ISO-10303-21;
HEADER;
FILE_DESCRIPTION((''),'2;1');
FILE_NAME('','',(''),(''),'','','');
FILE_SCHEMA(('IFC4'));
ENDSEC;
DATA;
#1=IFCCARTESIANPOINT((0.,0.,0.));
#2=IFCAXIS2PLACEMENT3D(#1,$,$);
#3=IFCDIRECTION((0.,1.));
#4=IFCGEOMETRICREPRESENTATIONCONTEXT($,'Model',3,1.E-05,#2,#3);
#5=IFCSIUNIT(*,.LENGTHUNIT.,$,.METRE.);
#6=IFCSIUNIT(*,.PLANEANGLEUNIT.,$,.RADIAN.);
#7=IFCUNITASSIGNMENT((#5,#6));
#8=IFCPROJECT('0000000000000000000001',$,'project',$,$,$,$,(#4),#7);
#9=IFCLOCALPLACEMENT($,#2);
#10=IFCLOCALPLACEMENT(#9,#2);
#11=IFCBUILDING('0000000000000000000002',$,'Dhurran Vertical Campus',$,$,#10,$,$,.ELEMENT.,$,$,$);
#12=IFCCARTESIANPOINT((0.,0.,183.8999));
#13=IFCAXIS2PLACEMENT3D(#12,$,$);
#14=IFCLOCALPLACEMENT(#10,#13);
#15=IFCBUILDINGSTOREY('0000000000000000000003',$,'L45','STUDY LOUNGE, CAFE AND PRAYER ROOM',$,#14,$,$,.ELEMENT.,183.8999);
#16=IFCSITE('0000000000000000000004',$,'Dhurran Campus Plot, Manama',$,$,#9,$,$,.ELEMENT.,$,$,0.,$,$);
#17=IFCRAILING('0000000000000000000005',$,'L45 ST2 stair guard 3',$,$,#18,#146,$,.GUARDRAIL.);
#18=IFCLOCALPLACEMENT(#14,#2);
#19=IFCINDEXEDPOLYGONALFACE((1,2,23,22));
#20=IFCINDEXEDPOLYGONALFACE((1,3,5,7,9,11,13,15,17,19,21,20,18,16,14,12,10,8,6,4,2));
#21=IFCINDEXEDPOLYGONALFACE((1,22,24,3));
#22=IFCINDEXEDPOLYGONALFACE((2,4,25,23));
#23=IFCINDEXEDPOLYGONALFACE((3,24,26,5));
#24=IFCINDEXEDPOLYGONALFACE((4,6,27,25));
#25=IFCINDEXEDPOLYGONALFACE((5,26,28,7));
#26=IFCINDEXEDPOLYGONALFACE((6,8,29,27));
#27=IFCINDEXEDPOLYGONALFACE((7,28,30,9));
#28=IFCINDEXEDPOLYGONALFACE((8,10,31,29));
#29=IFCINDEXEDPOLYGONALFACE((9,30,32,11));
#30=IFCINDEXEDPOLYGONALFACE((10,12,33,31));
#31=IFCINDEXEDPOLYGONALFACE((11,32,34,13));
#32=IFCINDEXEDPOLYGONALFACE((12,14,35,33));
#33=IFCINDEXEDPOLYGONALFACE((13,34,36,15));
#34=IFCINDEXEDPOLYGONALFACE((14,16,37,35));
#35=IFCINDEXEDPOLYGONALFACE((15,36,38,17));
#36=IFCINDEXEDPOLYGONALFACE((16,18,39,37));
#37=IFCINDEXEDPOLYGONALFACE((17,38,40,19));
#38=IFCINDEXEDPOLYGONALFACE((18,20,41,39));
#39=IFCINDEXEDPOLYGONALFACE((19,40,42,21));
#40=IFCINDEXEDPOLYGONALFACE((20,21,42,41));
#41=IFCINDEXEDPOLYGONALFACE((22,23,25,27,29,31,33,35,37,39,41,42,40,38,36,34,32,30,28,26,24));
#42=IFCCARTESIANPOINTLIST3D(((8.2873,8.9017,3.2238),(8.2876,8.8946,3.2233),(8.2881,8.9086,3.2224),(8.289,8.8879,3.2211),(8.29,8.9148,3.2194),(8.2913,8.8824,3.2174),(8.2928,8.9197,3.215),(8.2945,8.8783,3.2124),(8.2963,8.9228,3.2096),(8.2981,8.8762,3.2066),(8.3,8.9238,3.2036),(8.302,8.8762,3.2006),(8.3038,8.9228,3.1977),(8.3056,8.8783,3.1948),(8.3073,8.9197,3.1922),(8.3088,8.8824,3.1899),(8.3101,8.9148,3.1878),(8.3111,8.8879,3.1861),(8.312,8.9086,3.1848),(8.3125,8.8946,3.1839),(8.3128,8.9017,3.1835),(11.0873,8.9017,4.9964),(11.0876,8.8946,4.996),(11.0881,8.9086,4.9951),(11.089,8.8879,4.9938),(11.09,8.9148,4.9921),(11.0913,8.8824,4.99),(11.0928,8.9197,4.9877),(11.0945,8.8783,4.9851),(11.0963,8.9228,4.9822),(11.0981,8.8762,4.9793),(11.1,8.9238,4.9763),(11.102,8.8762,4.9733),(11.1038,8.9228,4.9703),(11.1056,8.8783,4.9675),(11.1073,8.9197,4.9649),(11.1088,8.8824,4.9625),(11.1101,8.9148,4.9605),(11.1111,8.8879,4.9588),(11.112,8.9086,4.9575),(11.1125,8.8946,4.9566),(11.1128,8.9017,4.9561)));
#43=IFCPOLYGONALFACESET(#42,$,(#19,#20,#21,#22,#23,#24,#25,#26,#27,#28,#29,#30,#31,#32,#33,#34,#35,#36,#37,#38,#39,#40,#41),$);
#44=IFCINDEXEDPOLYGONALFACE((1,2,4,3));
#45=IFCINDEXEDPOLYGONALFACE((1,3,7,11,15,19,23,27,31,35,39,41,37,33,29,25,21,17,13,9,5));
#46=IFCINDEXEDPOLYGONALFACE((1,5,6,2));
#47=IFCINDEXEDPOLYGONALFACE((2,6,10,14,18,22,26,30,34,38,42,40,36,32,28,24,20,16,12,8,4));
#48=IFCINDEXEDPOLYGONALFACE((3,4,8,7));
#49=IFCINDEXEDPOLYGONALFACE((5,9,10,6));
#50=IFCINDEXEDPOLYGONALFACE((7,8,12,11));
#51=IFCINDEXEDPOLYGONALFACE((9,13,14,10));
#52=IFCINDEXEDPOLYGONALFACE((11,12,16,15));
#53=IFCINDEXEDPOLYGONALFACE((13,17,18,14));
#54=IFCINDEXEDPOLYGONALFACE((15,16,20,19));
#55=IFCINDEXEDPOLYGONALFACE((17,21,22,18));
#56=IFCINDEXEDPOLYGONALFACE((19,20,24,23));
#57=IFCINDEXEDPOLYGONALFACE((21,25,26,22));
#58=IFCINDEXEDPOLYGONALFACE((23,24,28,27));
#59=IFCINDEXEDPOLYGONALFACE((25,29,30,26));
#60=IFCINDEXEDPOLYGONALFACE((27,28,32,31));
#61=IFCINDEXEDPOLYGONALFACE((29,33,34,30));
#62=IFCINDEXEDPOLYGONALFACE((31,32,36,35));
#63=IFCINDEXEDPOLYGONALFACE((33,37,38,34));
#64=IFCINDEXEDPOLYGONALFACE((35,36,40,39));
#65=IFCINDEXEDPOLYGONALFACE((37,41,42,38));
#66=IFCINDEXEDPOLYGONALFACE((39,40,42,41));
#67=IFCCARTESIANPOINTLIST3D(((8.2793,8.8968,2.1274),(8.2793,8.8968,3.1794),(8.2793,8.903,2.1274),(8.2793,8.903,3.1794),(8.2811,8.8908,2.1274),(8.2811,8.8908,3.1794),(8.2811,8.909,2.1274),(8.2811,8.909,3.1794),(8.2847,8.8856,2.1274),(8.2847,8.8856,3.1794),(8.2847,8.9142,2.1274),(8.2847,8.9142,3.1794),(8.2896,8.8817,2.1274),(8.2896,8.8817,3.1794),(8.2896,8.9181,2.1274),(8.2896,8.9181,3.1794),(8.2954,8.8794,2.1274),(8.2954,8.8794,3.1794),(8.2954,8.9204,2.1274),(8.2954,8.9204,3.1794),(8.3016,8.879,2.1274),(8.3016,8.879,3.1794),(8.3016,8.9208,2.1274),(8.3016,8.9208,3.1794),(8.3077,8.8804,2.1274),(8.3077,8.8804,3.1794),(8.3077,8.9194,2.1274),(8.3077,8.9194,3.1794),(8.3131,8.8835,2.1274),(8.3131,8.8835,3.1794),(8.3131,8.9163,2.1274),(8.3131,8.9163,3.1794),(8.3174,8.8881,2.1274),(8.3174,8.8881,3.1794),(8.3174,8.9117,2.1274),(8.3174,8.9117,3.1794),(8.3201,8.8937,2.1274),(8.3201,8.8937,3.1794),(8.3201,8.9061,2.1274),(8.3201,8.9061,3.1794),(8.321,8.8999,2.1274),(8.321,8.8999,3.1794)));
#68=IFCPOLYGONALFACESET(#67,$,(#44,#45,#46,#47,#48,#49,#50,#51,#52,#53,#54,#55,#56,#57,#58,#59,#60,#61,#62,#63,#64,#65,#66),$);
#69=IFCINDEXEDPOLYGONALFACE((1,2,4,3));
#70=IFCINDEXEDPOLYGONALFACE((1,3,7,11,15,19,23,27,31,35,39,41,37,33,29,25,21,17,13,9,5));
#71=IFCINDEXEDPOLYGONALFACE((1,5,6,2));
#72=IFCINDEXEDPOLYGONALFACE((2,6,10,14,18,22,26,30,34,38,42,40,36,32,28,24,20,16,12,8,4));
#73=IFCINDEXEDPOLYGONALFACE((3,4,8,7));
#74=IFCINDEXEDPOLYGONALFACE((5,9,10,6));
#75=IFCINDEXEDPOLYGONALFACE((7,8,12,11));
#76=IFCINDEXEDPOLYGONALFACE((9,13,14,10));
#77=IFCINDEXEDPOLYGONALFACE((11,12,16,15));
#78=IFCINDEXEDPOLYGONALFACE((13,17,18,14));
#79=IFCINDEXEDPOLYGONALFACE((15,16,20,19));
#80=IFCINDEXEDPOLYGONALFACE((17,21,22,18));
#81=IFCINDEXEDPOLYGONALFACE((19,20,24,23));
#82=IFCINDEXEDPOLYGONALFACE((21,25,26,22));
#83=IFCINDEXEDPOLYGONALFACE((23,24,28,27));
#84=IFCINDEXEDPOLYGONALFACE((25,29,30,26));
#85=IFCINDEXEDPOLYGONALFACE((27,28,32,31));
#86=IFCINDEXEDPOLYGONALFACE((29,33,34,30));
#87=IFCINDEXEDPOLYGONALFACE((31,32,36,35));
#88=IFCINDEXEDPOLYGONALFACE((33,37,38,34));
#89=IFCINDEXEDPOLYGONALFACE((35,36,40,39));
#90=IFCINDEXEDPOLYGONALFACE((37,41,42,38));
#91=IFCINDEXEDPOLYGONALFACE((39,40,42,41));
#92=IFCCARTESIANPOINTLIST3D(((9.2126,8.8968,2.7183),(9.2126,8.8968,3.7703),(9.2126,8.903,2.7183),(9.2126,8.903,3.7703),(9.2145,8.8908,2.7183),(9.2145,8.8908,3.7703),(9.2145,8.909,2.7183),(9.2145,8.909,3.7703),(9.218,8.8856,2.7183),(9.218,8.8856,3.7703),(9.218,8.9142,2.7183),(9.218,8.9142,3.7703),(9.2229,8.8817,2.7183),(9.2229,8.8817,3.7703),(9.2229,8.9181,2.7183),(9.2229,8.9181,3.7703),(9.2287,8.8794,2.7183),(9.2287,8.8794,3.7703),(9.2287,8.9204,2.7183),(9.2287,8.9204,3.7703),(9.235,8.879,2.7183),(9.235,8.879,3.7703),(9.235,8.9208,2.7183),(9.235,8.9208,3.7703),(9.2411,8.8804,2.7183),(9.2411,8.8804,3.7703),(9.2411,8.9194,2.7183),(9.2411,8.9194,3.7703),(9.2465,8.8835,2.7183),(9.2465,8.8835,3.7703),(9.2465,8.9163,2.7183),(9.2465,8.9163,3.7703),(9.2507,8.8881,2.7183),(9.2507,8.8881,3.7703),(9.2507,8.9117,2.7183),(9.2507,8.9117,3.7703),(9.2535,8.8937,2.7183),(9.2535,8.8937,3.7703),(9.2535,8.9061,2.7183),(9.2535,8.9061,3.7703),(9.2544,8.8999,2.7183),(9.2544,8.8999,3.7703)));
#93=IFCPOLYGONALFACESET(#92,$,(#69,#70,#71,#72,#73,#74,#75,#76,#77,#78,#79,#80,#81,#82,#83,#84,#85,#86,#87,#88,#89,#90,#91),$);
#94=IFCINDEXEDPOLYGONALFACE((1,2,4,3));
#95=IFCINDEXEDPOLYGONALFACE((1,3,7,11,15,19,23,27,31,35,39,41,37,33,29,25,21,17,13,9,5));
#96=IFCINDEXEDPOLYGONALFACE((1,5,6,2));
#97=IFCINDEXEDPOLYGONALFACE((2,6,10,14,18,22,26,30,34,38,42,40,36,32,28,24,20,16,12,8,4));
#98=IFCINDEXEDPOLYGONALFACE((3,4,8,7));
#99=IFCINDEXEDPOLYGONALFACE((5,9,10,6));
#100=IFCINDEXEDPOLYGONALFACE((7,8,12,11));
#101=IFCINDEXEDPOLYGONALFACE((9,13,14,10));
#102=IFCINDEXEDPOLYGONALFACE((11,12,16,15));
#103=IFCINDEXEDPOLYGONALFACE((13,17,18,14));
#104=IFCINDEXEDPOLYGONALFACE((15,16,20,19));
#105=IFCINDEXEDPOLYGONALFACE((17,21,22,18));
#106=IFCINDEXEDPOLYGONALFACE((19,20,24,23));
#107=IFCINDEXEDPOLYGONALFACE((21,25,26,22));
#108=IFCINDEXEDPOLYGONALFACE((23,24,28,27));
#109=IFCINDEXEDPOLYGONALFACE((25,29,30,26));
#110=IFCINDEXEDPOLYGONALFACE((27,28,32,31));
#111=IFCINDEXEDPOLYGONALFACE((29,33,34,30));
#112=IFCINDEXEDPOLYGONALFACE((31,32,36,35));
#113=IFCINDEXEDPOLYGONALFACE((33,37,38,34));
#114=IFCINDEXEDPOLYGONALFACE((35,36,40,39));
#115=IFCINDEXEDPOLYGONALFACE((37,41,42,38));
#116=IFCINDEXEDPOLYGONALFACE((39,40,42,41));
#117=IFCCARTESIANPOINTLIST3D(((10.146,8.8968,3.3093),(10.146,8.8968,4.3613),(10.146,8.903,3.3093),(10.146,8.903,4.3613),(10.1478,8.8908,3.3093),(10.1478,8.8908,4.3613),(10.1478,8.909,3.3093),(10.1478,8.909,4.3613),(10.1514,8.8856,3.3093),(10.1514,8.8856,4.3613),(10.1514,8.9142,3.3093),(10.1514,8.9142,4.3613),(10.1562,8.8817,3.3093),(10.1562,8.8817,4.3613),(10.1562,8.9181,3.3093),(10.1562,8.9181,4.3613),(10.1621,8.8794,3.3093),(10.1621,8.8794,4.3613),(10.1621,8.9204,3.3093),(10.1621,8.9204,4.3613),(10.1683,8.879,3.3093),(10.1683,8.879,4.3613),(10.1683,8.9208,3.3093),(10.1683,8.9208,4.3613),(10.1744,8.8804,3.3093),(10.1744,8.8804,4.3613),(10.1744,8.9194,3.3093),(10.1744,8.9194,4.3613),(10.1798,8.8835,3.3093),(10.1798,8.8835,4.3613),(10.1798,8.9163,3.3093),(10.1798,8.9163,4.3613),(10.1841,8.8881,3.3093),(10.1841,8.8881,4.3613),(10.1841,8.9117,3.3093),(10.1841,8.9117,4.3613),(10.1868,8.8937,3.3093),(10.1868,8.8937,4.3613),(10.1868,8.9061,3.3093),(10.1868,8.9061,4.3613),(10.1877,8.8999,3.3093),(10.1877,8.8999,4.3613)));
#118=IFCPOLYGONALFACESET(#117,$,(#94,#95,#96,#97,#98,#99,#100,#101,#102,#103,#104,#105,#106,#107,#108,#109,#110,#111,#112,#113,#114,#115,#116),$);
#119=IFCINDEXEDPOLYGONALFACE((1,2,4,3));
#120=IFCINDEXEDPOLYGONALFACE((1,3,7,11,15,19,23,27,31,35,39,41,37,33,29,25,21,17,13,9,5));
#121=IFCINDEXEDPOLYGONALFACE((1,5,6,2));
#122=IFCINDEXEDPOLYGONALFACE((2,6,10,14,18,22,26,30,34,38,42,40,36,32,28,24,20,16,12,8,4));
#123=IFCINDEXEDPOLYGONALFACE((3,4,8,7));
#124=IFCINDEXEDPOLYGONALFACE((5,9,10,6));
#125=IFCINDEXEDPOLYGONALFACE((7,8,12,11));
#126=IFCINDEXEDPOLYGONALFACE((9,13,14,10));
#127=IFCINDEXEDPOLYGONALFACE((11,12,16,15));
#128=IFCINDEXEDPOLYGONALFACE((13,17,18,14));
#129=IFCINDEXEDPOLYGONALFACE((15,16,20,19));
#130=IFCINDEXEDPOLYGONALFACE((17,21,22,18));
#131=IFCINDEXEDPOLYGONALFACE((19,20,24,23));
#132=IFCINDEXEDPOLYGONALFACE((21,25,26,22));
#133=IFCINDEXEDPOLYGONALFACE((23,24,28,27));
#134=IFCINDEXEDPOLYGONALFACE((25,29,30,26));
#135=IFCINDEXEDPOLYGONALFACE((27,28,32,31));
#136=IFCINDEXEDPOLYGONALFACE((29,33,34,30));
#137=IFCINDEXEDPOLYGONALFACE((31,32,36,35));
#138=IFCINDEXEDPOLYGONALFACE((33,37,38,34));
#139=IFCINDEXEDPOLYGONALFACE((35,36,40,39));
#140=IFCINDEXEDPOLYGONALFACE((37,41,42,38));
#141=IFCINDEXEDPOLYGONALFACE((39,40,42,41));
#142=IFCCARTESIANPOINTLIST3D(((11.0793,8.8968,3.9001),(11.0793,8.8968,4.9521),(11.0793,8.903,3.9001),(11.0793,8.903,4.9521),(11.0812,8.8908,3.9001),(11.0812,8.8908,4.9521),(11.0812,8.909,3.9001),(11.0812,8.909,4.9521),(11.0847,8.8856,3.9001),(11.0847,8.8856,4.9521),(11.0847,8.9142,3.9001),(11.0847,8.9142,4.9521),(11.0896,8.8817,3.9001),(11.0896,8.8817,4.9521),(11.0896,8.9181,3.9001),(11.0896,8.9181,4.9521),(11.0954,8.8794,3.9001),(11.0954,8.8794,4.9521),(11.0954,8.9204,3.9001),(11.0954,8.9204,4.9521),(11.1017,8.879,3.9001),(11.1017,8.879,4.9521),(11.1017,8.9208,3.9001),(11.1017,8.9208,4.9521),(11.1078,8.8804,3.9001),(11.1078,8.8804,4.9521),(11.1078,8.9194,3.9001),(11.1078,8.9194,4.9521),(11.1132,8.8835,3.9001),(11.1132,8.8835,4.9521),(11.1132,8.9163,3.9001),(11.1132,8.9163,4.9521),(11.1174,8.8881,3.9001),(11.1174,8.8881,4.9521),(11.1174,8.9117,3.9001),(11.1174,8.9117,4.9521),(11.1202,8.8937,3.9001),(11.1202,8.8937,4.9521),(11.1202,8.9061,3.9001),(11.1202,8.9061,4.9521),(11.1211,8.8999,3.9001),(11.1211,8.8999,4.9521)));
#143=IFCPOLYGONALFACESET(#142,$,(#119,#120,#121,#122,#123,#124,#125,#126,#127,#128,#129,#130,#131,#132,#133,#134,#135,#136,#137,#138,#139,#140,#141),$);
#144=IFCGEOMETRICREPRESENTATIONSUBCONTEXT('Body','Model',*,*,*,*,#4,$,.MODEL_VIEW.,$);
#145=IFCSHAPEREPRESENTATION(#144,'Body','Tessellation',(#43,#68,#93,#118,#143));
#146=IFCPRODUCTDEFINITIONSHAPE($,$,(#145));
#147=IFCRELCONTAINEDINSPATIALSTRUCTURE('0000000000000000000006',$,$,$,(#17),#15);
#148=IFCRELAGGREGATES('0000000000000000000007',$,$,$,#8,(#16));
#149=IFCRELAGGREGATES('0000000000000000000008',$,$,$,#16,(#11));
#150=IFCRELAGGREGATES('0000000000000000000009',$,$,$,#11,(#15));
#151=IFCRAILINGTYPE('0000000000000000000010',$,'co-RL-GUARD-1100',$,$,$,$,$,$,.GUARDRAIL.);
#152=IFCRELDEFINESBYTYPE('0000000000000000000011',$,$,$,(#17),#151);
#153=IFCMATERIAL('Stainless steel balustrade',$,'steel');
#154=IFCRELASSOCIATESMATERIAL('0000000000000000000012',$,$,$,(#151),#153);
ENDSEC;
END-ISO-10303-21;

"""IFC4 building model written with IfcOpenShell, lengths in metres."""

from ifc_helpers import new_model, si_unit, direction, frame, origin, origin_2d, place, context, subcontext, project, spatial, circle, extrude, material, type_object, element, save


model = new_model("IFC4")

# Units and contexts
model_context = context("Model", 3, precision=1e-05, world=origin(), true_north=direction((0.0, 1.0)))
body_context = subcontext(model_context, "Body", "Model", "MODEL_VIEW")
ifc_project = project(units=[si_unit("LENGTHUNIT", "METRE"), si_unit("PLANEANGLEUNIT", "RADIAN")], contexts=[model_context])

# Site, building, storey
site_placement = place(None, origin())
site = spatial("IfcSite", under=ifc_project, at=site_placement, Name="Dhurran Campus Plot, Manama", CompositionType="ELEMENT", RefElevation=0.0)
building_placement = place(site_placement, origin())
building = spatial("IfcBuilding", under=site, at=building_placement, Name="Dhurran Vertical Campus", CompositionType="ELEMENT")
storey_placement = place(building_placement, frame((0.0, 0.0, 183.8999)))
storey = spatial("IfcBuildingStorey", under=building, at=storey_placement, Name="L45", Description="STUDY LOUNGE, CAFE AND PRAYER ROOM", CompositionType="ELEMENT", Elevation=183.8999)

# Railing
ifc_material_1 = material(Name="Stainless steel balustrade", Category="steel")
railing_type_1 = type_object("IfcRailingType", Name="co-RL-GUARD-1100", PredefinedType="GUARDRAIL", material=ifc_material_1)
railing_1_placement = place(storey_placement, frame((8.3, 8.8999, 2.1274)))
element("IfcRailing", 1, at=railing_1_placement, inside=storey, type_object=railing_type_1, Name="L45 ST2 stair guard 3", PredefinedType="GUARDRAIL", context=body_context, shape_type="SweptSolid", body=[
    extrude(circle(Radius=0.0239, at=origin_2d()), frame((0.0, 0.0, 1.0762), z_axis=(0.844909, 0.0, 0.53491), x_axis=(0.0, 1.0, 0.0)), (0.0, 0.0, 1.0), 3.314),
    extrude(circle(Radius=0.021, at=origin_2d()), origin(), (0.0, 0.0, 1.0), 1.052),
    extrude(circle(Radius=0.021, at=origin_2d()), frame((0.9333, 0.0, 0.5908)), (0.0, 0.0, 1.0), 1.052),
    extrude(circle(Radius=0.021, at=origin_2d()), frame((1.8667, 0.0, 1.1819)), (0.0, 0.0, 1.0), 1.052),
    extrude(circle(Radius=0.021, at=origin_2d()), frame((2.8, 0.0, 1.7727)), (0.0, 0.0, 1.0), 1.052),
])

save(model, "model.ifc")
